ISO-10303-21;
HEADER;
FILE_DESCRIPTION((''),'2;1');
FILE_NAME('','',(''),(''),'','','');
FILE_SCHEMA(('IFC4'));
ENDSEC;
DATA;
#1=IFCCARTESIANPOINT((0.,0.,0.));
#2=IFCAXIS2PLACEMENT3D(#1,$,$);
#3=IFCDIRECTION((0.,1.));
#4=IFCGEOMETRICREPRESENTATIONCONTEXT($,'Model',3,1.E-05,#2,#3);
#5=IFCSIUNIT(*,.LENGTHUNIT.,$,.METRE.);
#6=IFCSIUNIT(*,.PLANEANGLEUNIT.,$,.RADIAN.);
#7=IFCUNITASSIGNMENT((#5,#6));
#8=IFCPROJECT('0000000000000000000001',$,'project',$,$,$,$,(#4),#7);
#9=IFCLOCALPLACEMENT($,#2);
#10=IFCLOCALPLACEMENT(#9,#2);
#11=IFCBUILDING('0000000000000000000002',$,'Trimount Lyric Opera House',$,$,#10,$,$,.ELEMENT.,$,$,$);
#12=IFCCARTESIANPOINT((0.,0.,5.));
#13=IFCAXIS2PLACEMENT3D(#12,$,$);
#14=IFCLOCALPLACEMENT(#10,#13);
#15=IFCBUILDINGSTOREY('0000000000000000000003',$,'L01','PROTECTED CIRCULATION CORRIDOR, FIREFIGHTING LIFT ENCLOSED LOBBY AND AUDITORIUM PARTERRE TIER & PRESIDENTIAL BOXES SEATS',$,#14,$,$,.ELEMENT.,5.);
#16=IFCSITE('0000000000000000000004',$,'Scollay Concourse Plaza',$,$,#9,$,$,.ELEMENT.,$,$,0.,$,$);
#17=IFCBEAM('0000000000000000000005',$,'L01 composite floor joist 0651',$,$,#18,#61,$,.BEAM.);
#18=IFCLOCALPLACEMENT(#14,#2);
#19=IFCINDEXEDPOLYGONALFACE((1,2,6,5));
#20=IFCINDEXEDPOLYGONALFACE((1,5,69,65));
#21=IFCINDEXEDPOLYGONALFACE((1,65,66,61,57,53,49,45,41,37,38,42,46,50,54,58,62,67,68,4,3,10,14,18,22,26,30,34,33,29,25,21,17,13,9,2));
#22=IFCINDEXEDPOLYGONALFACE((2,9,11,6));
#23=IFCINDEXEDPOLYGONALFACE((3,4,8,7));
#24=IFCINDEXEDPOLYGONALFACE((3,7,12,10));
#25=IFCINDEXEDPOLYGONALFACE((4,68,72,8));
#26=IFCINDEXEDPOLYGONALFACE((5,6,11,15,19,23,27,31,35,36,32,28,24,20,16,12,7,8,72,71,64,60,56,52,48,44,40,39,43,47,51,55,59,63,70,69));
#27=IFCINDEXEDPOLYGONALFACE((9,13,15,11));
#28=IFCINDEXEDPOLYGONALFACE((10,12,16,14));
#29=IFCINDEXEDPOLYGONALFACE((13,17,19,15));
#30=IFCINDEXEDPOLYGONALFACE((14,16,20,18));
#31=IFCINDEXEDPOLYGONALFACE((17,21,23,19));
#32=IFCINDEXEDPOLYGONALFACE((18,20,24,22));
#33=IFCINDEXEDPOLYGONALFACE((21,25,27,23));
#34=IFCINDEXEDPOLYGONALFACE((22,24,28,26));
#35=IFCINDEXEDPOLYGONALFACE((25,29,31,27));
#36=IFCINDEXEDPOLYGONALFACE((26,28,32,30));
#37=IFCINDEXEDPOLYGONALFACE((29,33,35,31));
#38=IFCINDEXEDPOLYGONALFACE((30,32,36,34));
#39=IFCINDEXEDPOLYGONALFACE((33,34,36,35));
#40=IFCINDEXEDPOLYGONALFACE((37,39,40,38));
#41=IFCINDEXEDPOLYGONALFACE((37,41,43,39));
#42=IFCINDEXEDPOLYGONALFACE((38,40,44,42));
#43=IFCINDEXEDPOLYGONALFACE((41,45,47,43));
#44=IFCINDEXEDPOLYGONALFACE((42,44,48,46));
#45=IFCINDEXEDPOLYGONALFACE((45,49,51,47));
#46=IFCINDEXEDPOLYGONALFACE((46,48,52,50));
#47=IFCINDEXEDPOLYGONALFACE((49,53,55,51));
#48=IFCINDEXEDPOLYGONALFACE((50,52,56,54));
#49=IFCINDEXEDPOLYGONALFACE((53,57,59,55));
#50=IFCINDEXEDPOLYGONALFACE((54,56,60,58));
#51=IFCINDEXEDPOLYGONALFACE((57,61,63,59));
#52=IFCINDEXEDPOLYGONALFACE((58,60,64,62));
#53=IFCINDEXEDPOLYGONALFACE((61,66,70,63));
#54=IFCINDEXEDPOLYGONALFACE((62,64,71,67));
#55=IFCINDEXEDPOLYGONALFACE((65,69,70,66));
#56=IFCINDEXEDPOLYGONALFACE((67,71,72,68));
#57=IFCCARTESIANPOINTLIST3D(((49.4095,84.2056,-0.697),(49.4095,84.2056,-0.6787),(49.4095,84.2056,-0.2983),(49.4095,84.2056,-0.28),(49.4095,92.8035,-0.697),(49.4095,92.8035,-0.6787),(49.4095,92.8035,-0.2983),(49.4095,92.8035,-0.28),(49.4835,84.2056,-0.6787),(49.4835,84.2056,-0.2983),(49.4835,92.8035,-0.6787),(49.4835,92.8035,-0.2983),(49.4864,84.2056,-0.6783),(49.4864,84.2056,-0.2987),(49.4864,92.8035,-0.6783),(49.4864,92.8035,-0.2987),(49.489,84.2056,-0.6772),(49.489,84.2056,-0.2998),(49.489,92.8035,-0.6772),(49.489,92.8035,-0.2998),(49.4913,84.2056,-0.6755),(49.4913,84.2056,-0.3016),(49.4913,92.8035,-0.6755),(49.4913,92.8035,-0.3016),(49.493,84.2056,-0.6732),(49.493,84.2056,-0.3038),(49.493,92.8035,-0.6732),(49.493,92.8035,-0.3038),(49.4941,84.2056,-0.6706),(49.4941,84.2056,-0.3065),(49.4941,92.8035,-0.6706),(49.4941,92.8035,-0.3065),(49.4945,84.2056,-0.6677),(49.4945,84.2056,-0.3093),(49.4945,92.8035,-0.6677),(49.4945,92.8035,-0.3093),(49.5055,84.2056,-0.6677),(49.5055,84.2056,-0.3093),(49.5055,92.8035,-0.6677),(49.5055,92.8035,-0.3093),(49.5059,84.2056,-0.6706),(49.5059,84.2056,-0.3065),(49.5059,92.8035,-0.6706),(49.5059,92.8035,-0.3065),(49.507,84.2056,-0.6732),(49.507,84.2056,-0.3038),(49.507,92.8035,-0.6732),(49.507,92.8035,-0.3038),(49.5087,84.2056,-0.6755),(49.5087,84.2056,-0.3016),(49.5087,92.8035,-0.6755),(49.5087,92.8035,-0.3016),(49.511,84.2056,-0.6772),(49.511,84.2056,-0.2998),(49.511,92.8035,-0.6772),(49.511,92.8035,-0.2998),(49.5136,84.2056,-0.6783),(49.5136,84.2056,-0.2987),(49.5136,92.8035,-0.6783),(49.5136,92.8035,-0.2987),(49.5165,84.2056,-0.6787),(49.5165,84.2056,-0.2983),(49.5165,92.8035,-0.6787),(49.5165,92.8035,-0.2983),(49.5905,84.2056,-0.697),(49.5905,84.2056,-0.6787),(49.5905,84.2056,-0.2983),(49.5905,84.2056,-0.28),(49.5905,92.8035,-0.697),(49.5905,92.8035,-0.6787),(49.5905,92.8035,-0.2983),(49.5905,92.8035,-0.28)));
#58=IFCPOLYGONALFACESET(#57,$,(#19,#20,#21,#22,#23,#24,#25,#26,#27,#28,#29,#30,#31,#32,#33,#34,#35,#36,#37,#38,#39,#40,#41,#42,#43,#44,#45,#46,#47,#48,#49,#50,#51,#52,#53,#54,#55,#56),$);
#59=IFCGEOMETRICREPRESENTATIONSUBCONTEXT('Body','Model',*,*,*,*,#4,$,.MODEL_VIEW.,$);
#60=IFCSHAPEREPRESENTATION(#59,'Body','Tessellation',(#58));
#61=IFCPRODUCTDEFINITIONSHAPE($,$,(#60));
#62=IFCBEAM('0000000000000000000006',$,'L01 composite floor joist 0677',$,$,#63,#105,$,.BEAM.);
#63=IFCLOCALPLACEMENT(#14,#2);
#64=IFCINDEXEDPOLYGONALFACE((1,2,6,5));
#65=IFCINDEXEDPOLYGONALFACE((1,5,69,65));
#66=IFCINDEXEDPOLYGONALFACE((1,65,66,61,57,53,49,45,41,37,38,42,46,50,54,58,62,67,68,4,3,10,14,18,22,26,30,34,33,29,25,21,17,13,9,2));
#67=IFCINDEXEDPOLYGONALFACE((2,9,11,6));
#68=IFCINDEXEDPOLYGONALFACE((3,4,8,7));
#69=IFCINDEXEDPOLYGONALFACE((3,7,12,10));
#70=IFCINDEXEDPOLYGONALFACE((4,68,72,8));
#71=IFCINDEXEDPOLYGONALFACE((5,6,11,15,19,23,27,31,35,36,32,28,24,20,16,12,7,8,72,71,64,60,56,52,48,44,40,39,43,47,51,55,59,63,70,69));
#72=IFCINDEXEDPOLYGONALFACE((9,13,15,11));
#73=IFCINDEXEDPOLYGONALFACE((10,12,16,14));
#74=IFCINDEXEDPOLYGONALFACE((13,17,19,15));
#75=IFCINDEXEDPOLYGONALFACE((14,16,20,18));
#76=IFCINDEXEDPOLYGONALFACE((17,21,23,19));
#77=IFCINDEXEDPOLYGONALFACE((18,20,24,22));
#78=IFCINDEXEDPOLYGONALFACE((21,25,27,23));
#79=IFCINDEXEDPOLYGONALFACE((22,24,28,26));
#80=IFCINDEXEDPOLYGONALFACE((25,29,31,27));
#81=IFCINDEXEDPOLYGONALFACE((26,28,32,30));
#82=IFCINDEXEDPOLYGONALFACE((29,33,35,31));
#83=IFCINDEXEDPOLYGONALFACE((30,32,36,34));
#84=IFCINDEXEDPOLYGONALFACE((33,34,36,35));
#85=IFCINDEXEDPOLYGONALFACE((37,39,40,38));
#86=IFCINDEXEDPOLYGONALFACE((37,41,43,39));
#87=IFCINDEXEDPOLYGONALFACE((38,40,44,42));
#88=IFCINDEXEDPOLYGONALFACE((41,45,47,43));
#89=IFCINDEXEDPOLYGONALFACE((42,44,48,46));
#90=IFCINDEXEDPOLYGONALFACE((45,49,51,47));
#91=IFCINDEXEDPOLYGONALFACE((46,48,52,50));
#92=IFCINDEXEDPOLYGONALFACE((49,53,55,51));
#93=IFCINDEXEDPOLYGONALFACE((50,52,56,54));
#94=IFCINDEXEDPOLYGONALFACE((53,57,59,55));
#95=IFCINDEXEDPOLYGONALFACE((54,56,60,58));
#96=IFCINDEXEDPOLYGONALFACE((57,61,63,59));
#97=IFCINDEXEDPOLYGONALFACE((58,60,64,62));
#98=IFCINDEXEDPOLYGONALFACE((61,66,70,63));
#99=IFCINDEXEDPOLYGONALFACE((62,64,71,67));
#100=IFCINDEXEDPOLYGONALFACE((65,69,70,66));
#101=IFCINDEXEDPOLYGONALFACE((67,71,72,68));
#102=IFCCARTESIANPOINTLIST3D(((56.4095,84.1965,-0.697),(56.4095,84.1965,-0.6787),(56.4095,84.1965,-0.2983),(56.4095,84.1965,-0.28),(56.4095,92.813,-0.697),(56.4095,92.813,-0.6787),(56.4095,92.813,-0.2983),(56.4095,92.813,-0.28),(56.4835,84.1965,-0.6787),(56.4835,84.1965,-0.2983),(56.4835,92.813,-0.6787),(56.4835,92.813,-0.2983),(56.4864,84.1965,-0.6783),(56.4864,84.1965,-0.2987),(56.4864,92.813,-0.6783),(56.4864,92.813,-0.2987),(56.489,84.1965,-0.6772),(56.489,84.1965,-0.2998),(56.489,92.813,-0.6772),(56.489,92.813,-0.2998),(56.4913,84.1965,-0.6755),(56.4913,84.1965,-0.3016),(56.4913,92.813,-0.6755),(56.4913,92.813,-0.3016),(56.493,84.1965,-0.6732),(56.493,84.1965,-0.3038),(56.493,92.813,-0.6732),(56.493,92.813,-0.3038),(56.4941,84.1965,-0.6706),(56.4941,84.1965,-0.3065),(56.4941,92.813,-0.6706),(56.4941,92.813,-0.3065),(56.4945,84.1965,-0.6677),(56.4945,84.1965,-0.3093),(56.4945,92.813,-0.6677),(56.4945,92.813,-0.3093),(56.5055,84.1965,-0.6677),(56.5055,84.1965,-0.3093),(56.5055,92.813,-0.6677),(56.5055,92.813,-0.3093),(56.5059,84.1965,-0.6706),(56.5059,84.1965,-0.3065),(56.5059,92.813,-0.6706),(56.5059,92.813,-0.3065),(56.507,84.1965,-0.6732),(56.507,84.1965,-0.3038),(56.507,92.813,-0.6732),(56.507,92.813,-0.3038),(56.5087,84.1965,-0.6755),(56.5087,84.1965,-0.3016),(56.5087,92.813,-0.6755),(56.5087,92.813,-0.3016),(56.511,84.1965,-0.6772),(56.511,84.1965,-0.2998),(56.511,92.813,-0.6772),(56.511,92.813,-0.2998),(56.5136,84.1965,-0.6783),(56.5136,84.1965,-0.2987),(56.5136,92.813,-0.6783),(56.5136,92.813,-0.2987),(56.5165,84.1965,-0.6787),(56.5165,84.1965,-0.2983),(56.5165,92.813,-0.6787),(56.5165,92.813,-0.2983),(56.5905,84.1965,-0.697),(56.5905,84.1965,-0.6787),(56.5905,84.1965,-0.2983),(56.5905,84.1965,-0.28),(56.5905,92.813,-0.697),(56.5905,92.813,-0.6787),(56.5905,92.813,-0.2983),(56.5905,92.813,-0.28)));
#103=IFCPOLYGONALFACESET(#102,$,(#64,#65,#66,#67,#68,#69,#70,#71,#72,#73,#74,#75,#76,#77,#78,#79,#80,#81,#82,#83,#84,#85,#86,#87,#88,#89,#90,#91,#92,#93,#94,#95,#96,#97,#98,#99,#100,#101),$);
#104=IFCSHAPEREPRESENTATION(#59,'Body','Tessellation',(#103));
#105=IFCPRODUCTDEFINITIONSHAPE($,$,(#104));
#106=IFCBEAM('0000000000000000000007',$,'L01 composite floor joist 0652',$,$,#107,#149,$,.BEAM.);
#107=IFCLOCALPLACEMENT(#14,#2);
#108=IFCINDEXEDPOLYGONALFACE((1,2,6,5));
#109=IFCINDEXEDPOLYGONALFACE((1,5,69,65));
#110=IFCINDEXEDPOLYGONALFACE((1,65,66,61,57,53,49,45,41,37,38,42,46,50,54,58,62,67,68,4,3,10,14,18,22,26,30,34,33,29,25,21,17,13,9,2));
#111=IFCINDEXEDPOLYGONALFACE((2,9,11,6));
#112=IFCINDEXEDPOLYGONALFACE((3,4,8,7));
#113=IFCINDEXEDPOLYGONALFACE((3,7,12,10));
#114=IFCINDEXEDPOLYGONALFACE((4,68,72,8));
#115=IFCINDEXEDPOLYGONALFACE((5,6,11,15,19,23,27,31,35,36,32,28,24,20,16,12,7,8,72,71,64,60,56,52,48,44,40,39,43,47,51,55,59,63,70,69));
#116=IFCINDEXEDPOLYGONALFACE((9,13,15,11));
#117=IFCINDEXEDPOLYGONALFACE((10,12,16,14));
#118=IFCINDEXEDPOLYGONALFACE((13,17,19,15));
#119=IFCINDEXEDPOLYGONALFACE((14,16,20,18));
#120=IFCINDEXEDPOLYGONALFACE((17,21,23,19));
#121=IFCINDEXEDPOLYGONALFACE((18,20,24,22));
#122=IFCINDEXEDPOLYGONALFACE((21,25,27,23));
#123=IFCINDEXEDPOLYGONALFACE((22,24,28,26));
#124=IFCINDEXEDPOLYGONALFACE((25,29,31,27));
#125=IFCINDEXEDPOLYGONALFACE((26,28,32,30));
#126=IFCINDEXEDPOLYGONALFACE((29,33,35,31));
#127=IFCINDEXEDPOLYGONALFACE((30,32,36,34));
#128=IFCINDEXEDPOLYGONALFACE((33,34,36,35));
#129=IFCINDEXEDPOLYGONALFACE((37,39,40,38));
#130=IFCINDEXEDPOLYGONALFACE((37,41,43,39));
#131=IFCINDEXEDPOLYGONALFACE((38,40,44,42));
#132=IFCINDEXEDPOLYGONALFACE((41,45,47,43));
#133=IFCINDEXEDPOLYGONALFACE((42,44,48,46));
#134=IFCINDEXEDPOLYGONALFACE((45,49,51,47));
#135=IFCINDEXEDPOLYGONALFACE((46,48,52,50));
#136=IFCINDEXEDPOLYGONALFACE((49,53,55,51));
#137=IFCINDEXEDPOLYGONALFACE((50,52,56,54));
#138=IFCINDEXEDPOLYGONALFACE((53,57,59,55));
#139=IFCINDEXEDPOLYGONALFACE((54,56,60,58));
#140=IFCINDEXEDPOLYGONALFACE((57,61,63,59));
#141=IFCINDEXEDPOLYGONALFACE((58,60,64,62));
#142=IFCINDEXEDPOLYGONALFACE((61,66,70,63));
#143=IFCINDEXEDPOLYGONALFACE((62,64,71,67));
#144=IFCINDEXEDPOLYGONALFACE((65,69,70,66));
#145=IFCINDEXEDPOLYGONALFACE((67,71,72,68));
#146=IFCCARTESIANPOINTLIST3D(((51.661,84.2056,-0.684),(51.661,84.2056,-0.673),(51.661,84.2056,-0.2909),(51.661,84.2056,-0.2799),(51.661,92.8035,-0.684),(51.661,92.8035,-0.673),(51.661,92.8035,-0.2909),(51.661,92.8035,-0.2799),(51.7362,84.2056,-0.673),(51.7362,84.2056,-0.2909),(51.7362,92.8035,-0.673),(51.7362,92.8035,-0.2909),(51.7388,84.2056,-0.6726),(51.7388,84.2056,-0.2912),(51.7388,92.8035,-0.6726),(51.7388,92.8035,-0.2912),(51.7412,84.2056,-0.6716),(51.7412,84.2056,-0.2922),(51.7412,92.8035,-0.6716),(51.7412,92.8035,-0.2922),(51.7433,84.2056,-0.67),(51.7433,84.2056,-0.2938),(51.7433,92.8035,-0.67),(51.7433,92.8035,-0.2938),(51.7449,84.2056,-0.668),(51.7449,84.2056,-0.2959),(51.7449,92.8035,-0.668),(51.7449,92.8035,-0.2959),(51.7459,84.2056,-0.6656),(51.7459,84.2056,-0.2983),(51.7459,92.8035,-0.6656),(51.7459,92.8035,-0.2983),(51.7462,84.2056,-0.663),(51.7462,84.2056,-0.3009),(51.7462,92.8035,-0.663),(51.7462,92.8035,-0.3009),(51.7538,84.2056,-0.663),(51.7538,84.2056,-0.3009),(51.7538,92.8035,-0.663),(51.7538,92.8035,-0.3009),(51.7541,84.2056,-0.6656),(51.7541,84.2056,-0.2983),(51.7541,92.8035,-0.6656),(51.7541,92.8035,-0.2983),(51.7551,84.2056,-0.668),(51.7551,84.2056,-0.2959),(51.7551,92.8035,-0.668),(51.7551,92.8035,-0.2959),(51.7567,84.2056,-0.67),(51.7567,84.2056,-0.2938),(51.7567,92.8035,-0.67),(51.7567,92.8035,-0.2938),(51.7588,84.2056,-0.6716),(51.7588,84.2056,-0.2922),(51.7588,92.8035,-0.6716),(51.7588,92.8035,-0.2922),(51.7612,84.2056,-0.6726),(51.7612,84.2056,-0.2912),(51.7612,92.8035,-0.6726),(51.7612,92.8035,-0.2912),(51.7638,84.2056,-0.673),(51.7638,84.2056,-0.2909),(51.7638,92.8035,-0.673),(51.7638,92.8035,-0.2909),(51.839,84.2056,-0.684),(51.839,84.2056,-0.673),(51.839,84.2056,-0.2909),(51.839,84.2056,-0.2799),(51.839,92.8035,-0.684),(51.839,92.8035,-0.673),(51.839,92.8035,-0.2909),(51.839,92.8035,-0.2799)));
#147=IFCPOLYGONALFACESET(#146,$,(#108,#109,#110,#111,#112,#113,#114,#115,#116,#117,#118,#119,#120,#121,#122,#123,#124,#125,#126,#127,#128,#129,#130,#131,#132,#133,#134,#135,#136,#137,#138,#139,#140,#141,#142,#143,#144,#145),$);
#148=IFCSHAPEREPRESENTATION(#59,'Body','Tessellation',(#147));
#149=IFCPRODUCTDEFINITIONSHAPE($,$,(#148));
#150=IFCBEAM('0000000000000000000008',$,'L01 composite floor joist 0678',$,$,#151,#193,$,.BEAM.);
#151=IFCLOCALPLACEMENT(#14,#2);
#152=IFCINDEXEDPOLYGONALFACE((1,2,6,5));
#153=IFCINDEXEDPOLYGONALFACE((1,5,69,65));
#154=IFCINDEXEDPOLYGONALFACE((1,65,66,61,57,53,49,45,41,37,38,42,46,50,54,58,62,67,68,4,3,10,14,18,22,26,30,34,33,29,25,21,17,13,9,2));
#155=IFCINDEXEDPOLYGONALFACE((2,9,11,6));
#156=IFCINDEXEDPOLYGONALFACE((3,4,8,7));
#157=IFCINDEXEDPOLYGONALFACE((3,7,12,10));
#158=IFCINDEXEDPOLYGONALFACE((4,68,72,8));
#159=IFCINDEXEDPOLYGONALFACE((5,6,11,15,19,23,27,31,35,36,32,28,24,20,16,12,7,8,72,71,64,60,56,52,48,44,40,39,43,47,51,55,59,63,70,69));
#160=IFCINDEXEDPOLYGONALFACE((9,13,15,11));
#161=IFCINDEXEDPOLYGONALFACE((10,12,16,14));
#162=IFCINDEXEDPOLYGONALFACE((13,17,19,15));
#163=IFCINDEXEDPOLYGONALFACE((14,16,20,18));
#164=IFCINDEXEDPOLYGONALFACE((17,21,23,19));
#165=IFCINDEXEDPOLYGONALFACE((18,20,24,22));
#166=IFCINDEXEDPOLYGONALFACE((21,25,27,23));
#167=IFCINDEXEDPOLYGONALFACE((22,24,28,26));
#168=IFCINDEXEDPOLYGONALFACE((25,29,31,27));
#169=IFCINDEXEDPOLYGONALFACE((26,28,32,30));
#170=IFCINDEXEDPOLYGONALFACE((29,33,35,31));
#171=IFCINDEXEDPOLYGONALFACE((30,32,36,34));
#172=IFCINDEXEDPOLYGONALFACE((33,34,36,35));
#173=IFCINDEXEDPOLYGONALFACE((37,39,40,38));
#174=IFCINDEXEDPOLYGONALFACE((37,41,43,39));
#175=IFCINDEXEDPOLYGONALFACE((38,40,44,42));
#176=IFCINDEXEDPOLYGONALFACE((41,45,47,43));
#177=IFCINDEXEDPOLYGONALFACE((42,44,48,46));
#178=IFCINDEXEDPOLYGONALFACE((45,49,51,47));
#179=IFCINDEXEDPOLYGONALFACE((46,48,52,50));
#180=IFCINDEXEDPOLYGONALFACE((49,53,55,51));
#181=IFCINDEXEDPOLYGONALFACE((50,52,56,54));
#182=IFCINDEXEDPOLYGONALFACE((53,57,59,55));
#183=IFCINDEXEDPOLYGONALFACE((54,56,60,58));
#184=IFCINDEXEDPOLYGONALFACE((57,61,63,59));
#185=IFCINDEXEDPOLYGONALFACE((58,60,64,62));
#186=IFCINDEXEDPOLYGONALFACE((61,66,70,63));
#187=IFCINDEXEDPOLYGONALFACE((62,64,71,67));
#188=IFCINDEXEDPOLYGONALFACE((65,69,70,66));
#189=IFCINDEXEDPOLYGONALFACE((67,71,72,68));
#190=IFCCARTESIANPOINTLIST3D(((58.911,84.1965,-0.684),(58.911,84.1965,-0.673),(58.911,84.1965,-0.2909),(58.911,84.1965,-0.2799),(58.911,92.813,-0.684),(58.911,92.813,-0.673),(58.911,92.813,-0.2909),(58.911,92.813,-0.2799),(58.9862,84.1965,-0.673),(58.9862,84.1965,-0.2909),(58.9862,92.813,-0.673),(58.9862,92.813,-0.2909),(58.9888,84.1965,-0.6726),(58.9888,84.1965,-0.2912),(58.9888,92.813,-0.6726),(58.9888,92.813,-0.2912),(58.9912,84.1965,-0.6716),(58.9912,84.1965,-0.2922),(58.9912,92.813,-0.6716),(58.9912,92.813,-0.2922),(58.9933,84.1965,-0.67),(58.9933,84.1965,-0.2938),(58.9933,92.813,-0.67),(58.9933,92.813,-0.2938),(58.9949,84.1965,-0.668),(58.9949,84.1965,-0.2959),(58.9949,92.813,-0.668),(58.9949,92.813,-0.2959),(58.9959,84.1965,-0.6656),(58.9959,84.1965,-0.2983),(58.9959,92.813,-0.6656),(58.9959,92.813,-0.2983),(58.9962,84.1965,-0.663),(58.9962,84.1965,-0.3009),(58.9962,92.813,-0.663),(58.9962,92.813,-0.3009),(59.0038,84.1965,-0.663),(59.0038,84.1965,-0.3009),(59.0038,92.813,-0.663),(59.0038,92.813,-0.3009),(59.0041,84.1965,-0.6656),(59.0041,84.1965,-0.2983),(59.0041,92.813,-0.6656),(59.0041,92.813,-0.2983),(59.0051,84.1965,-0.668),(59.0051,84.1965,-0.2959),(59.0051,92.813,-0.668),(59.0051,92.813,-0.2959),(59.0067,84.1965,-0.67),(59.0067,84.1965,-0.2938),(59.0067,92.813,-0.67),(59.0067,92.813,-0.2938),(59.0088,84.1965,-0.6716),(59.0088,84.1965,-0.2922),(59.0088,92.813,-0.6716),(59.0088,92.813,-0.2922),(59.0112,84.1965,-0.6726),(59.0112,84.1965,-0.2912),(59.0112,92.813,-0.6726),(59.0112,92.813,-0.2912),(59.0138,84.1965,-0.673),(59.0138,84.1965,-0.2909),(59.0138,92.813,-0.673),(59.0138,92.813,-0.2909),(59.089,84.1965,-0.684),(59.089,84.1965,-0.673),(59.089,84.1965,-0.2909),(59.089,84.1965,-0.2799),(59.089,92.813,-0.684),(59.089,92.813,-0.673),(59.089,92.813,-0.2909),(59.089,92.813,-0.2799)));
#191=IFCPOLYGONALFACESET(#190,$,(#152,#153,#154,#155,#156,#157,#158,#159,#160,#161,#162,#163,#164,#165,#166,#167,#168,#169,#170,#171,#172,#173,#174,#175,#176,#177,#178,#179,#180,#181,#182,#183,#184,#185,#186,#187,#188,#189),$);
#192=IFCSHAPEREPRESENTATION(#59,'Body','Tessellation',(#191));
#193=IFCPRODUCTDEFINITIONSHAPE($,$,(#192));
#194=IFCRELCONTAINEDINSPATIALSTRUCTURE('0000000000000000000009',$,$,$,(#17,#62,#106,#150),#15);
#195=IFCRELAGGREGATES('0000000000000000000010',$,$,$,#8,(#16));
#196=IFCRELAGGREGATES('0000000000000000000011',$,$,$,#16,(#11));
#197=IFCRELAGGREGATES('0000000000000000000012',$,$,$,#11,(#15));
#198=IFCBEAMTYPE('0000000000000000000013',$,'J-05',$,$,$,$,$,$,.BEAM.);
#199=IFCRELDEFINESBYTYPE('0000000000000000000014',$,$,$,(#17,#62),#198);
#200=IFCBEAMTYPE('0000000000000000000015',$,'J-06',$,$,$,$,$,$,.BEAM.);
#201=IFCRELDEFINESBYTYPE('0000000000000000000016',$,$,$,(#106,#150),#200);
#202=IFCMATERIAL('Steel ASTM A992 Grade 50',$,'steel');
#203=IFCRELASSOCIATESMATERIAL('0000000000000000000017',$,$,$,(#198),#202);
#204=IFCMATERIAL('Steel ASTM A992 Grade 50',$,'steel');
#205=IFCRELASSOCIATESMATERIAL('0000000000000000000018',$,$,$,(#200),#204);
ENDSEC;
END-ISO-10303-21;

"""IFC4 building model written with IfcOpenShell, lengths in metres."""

from ifc_helpers import new_model, si_unit, direction, frame, origin, origin_2d, place, context, subcontext, project, spatial, i_section, extrude, material, material_profile, profile_set, type_object, element, save


model = new_model("IFC4")

# Units and contexts
model_context = context("Model", 3, precision=1e-05, world=origin(), true_north=direction((0.0, 1.0)))
body_context = subcontext(model_context, "Body", "Model", "MODEL_VIEW")
ifc_project = project(units=[si_unit("LENGTHUNIT", "METRE"), si_unit("PLANEANGLEUNIT", "RADIAN")], contexts=[model_context])

# Site, building, storey
site_placement = place(None, origin())
site = spatial("IfcSite", under=ifc_project, at=site_placement, Name="Scollay Concourse Plaza", CompositionType="ELEMENT", RefElevation=0.0)
building_placement = place(site_placement, origin())
building = spatial("IfcBuilding", under=site, at=building_placement, Name="Trimount Lyric Opera House", CompositionType="ELEMENT")
storey_placement = place(building_placement, frame((0.0, 0.0, 5.0)))
storey = spatial("IfcBuildingStorey", under=building, at=storey_placement, Name="L01", Description="PROTECTED CIRCULATION CORRIDOR, FIREFIGHTING LIFT ENCLOSED LOBBY AND AUDITORIUM PARTERRE TIER & PRESIDENTIAL BOXES SEATS", CompositionType="ELEMENT", Elevation=5.0)

# Beams
ifc_material_1 = material(Name="Steel ASTM A992 Grade 50", Category="steel")
ifc_material_profile_1 = material_profile(ifc_material_1, i_section(OverallWidth=0.1809, OverallDepth=0.417, WebThickness=0.011, FlangeThickness=0.0183, FilletRadius=0.011, at=origin_2d()), Name="W16X57")
ifc_profile_set_1 = profile_set([ifc_material_profile_1], Name="Steel ASTM A992 Grade 50")
beam_type_1 = type_object("IfcBeamType", Name="J-05", PredefinedType="BEAM", material=ifc_profile_set_1)
beam_1_placement = place(storey_placement, frame((49.5, 84.2056, -0.4885), z_axis=(0.0, 1.0, 0.0), x_axis=(-1.0, 0.0, 0.0)))
element("IfcBeam", 1, at=beam_1_placement, inside=storey, type_object=beam_type_1, Name="L01 composite floor joist 0651", PredefinedType="BEAM", context=body_context, shape_type="SweptSolid", body=[
    extrude(i_section(OverallWidth=0.1809, OverallDepth=0.417, WebThickness=0.011, FlangeThickness=0.0183, FilletRadius=0.011, at=origin_2d()), origin(), (0.0, 0.0, 1.0), 8.5979),
])
beam_2_placement = place(storey_placement, frame((56.5, 84.1965, -0.4885), z_axis=(0.0, 1.0, 0.0), x_axis=(-1.0, 0.0, 0.0)))
element("IfcBeam", 2, at=beam_2_placement, inside=storey, type_object=beam_type_1, Name="L01 composite floor joist 0677", PredefinedType="BEAM", context=body_context, shape_type="SweptSolid", body=[
    extrude(i_section(OverallWidth=0.1809, OverallDepth=0.417, WebThickness=0.011, FlangeThickness=0.0183, FilletRadius=0.011, at=origin_2d()), origin(), (0.0, 0.0, 1.0), 8.6165),
])
ifc_material_2 = material(Name="Steel ASTM A992 Grade 50", Category="steel")
ifc_material_profile_2 = material_profile(ifc_material_2, i_section(OverallWidth=0.178, OverallDepth=0.4041, WebThickness=0.0076, FlangeThickness=0.011, FilletRadius=0.01, at=origin_2d()), Name="W16X36")
ifc_profile_set_2 = profile_set([ifc_material_profile_2], Name="Steel ASTM A992 Grade 50")
beam_type_2 = type_object("IfcBeamType", Name="J-06", PredefinedType="BEAM", material=ifc_profile_set_2)
beam_3_placement = place(storey_placement, frame((51.75, 84.2056, -0.4819), z_axis=(0.0, 1.0, 0.0), x_axis=(-1.0, 0.0, 0.0)))
element("IfcBeam", 3, at=beam_3_placement, inside=storey, type_object=beam_type_2, Name="L01 composite floor joist 0652", PredefinedType="BEAM", context=body_context, shape_type="SweptSolid", body=[
    extrude(i_section(OverallWidth=0.178, OverallDepth=0.4041, WebThickness=0.0076, FlangeThickness=0.011, FilletRadius=0.01, at=origin_2d()), origin(), (0.0, 0.0, 1.0), 8.5979),
])
beam_4_placement = place(storey_placement, frame((59.0, 84.1965, -0.4819), z_axis=(0.0, 1.0, 0.0), x_axis=(-1.0, 0.0, 0.0)))
element("IfcBeam", 4, at=beam_4_placement, inside=storey, type_object=beam_type_2, Name="L01 composite floor joist 0678", PredefinedType="BEAM", context=body_context, shape_type="SweptSolid", body=[
    extrude(i_section(OverallWidth=0.178, OverallDepth=0.4041, WebThickness=0.0076, FlangeThickness=0.011, FilletRadius=0.01, at=origin_2d()), origin(), (0.0, 0.0, 1.0), 8.6165),
])

save(model, "model.ifc")
